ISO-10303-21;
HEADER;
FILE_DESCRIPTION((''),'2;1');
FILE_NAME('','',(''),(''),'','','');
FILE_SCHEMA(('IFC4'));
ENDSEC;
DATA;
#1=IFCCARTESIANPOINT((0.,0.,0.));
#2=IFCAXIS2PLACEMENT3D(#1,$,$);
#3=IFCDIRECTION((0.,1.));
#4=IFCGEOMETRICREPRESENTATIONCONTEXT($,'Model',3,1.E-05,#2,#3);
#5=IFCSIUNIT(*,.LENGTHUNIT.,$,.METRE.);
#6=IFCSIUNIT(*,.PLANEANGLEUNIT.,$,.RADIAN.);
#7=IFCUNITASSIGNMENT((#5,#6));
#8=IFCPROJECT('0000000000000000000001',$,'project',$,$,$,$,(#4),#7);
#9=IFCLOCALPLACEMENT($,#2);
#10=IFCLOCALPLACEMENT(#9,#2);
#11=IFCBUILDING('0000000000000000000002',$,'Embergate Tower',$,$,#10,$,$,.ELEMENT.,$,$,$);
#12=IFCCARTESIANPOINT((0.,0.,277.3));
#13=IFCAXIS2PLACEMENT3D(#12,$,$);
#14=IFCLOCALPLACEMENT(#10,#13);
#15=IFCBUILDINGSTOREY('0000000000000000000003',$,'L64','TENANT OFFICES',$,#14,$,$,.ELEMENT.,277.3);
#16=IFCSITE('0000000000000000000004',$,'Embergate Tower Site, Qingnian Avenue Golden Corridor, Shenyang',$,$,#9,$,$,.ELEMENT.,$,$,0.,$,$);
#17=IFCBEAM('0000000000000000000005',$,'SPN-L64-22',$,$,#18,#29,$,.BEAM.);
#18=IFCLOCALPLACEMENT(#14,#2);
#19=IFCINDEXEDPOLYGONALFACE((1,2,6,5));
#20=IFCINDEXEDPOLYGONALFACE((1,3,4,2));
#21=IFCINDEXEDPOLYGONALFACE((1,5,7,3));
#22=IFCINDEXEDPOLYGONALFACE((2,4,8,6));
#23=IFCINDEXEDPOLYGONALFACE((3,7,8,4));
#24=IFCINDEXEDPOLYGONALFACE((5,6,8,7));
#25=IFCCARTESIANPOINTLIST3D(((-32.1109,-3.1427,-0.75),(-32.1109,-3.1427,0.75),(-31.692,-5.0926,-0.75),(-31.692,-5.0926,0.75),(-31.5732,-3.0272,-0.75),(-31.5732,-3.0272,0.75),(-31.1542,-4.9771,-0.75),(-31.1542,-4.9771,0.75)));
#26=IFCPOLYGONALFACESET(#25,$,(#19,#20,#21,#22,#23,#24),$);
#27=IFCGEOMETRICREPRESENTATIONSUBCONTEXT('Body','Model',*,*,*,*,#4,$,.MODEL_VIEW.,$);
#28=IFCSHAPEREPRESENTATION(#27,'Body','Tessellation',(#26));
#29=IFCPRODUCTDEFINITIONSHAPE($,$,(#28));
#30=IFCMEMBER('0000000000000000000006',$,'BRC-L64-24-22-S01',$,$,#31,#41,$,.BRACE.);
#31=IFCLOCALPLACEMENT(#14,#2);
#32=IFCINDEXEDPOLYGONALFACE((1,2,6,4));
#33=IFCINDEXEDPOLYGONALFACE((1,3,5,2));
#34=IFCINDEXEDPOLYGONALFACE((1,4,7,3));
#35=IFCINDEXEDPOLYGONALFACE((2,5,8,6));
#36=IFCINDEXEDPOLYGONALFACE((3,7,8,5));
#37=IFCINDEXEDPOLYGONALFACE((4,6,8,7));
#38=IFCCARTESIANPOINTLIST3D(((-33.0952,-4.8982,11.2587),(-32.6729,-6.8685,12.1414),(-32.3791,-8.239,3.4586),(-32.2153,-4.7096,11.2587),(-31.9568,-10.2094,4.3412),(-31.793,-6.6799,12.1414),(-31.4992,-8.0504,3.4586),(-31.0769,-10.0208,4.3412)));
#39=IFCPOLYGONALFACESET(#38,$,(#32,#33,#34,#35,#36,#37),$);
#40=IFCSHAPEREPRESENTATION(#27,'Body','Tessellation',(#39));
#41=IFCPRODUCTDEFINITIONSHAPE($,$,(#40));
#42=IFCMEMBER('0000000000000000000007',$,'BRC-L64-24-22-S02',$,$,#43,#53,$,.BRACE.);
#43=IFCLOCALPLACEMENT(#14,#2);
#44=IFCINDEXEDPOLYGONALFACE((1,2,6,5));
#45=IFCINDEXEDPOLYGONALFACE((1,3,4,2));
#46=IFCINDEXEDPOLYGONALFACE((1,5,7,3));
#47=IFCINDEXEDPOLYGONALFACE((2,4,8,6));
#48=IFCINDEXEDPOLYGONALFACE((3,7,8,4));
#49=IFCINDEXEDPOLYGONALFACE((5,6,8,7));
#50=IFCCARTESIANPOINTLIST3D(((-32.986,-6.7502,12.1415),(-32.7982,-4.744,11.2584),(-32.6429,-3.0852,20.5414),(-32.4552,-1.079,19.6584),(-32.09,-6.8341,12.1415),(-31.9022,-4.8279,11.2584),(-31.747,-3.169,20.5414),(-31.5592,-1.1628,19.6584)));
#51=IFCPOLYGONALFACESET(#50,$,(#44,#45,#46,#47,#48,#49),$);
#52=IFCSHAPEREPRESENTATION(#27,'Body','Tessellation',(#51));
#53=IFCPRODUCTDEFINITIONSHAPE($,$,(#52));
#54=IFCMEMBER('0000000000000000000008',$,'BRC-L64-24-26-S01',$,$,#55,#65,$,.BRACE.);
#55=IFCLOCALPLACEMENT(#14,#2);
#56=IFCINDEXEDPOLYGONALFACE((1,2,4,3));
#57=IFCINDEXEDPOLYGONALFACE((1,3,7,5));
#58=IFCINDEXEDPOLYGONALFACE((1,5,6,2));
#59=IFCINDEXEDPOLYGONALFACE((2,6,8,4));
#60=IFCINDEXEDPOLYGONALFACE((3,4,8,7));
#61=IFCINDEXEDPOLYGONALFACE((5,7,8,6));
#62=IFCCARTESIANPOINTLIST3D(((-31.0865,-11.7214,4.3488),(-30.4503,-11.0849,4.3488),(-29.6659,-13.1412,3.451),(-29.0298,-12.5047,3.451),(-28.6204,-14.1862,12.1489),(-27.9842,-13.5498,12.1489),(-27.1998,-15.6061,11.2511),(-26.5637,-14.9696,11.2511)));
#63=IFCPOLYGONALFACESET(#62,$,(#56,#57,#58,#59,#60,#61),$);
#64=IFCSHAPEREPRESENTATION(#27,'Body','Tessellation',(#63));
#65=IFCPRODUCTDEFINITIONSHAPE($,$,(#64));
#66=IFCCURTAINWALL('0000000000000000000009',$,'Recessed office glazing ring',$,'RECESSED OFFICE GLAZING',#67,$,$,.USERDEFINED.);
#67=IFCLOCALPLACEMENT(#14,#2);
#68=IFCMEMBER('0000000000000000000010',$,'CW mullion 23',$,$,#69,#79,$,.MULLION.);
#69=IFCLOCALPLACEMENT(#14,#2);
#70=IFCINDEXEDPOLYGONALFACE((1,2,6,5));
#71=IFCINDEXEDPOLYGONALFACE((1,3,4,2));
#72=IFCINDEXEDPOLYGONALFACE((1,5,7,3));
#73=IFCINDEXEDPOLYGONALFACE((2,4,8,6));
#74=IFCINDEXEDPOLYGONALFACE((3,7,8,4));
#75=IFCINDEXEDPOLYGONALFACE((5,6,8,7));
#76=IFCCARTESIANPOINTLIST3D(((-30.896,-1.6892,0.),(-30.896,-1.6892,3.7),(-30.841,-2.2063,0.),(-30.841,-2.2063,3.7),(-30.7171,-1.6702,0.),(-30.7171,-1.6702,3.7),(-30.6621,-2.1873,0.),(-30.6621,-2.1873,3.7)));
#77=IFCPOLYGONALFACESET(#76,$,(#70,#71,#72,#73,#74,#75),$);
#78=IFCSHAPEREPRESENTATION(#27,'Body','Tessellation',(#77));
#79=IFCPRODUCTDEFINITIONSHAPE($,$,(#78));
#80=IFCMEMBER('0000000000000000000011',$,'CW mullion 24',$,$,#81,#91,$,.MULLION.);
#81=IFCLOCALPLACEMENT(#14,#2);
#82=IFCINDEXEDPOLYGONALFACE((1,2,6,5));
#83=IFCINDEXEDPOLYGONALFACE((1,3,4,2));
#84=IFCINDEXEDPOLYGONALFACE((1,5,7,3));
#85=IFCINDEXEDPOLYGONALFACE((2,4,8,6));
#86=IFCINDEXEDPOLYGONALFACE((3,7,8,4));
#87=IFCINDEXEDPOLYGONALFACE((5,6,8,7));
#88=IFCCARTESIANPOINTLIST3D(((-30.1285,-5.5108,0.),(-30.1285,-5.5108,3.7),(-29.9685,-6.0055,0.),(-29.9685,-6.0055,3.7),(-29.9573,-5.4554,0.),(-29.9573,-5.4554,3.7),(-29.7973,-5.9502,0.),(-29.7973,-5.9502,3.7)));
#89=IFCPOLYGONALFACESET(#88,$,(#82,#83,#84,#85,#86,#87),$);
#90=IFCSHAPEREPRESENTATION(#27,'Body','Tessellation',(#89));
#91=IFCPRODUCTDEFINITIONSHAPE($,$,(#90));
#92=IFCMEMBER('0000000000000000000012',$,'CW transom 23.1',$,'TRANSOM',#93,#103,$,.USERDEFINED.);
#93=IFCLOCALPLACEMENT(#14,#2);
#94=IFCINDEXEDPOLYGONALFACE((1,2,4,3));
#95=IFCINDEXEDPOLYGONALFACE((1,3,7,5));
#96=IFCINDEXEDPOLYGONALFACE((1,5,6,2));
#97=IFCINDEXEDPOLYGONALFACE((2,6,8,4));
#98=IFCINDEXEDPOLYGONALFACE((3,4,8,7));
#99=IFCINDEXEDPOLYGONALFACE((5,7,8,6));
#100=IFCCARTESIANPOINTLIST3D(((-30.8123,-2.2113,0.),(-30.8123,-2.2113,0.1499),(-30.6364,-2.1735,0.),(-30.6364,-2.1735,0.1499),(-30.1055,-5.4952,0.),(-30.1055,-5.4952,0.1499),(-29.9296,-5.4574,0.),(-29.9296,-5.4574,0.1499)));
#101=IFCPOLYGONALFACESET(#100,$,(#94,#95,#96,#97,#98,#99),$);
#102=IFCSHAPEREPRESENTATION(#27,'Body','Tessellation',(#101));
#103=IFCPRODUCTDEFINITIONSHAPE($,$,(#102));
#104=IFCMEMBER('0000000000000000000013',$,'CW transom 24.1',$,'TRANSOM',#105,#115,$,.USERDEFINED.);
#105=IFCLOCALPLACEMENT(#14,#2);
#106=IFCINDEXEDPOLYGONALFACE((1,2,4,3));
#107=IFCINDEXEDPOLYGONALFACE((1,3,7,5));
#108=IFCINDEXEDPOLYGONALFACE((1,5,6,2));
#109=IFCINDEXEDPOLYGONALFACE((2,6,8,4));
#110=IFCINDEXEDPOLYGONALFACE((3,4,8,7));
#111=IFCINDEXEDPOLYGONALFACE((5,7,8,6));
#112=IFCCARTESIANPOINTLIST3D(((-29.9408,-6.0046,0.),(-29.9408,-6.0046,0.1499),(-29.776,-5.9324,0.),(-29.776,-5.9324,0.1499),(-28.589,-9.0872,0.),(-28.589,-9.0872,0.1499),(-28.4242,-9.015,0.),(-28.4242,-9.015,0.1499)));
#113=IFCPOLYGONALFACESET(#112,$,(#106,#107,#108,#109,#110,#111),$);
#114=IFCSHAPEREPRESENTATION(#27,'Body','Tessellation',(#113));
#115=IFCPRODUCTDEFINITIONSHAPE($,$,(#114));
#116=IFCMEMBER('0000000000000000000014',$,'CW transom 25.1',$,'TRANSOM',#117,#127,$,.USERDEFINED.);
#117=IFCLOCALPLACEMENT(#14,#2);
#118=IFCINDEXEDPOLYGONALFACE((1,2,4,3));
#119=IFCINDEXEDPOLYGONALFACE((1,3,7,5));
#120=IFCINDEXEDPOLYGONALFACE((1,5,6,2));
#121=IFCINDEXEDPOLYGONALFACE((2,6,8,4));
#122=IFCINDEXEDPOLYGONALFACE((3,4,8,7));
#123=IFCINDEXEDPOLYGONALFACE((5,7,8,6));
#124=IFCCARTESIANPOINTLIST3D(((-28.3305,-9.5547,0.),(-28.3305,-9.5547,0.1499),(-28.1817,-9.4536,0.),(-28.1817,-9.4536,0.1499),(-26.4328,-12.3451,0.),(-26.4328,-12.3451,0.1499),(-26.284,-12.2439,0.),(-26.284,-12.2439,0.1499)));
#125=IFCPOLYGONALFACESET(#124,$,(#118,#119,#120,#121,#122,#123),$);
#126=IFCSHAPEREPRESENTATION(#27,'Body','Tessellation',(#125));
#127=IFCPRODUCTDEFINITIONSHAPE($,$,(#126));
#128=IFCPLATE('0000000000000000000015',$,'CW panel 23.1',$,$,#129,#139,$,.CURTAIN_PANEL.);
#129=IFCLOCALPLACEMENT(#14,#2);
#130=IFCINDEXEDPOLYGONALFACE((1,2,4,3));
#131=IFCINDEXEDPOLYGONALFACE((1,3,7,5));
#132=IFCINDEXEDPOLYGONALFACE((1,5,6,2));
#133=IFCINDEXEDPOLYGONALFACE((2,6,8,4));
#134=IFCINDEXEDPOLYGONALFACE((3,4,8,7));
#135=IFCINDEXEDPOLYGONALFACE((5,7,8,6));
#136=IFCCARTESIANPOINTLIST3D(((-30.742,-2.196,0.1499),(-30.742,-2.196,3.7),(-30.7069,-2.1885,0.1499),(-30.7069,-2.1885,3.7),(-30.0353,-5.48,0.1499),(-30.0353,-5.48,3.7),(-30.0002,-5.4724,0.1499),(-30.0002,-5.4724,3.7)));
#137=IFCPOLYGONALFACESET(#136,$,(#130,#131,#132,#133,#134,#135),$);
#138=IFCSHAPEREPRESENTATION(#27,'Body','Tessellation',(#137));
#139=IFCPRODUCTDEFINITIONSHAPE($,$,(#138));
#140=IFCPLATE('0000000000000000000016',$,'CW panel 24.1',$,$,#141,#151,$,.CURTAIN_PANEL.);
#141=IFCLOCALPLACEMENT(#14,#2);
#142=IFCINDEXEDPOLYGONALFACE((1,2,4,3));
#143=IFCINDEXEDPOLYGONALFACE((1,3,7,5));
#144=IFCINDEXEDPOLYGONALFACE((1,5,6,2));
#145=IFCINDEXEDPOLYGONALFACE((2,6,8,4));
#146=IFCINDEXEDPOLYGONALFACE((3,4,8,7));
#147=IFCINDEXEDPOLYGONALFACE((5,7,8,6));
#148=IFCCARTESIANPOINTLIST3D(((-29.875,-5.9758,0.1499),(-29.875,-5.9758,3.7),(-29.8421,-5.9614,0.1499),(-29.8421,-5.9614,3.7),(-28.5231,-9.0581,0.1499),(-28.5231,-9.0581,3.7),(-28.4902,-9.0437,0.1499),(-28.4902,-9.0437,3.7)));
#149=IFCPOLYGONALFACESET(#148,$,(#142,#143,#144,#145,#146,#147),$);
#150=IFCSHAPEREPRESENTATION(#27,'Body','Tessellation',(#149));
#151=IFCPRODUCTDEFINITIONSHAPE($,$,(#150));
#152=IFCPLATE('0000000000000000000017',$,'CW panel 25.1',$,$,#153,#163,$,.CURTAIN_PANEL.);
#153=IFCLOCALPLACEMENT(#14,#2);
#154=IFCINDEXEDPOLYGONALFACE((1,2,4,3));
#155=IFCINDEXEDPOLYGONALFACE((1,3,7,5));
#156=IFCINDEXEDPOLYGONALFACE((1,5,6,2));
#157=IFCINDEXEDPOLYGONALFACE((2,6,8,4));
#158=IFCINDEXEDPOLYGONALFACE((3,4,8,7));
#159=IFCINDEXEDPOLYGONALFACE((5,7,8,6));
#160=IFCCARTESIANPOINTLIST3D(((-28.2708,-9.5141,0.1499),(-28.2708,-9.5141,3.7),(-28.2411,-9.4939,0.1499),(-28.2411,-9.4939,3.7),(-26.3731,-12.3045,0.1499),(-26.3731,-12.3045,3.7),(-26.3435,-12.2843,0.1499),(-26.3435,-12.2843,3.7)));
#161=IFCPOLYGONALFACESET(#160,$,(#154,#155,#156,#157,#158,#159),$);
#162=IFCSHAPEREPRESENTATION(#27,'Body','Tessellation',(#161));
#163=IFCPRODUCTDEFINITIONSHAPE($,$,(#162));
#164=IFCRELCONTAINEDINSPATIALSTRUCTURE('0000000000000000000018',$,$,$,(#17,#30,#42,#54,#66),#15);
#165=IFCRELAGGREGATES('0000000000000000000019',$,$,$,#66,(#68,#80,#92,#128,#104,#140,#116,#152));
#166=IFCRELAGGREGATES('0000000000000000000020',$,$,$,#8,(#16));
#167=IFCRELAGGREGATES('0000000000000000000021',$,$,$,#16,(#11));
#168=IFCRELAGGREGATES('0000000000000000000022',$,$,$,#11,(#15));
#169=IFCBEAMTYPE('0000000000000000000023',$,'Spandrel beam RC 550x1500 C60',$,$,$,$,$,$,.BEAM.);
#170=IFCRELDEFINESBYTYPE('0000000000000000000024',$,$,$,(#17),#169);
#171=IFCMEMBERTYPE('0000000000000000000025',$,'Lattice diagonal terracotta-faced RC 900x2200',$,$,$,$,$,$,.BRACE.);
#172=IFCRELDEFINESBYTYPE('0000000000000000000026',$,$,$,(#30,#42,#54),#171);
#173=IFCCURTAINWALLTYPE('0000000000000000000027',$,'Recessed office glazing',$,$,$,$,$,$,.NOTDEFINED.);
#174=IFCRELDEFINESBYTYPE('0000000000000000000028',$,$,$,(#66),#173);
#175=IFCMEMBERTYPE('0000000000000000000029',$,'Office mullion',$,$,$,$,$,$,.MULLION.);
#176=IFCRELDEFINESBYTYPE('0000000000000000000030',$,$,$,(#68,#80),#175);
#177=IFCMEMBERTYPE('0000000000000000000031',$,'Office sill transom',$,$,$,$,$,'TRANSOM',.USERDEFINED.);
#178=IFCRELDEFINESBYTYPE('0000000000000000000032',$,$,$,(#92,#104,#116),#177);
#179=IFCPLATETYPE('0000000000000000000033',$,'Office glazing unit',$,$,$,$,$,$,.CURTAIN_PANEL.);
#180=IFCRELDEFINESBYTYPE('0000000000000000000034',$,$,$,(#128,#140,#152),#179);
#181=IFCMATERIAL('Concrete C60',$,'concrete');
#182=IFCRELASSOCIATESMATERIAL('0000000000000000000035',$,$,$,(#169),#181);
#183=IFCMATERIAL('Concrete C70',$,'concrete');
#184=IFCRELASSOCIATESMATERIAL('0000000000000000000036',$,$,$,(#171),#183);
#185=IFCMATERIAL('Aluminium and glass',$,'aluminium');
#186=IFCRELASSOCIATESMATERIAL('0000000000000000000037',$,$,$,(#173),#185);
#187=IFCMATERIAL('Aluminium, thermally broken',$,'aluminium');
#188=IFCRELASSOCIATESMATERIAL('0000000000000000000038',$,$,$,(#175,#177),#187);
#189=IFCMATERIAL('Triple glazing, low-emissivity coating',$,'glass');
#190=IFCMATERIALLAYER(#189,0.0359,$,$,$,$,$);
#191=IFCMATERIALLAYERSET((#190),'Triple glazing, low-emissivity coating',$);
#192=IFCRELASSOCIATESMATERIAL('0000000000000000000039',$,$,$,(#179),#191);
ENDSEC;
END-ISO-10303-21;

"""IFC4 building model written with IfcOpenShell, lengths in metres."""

from ifc_helpers import new_model, si_unit, direction, frame, origin, origin_2d, place, context, subcontext, project, spatial, rectangle, extrude, source, transform, mapped, material, layer, layer_set, material_profile, profile_set, type_object, element, aggregate, save


model = new_model("IFC4")

# Units and contexts
model_context = context("Model", 3, precision=1e-05, world=origin(), true_north=direction((0.0, 1.0)))
body_context = subcontext(model_context, "Body", "Model", "MODEL_VIEW")
ifc_project = project(units=[si_unit("LENGTHUNIT", "METRE"), si_unit("PLANEANGLEUNIT", "RADIAN")], contexts=[model_context])

# Site, building, storey
site_placement = place(None, origin())
site = spatial("IfcSite", under=ifc_project, at=site_placement, Name="Embergate Tower Site, Qingnian Avenue Golden Corridor, Shenyang", CompositionType="ELEMENT", RefElevation=0.0)
building_placement = place(site_placement, origin())
building = spatial("IfcBuilding", under=site, at=building_placement, Name="Embergate Tower", CompositionType="ELEMENT")
storey_placement = place(building_placement, frame((0.0, 0.0, 277.3)))
storey = spatial("IfcBuildingStorey", under=building, at=storey_placement, Name="L64", Description="TENANT OFFICES", CompositionType="ELEMENT", Elevation=277.3)

# Beam
ifc_material_1 = material(Name="Concrete C60", Category="concrete")
ifc_material_profile_1 = material_profile(ifc_material_1, rectangle(XDim=0.55, YDim=1.5, at=origin_2d()), Name="RC 550x1500")
ifc_profile_set_1 = profile_set([ifc_material_profile_1], Name="Concrete C60")
beam_type = type_object("IfcBeamType", Name="Spandrel beam RC 550x1500 C60", PredefinedType="BEAM", material=ifc_profile_set_1)
shared_shape_1 = source(origin(), body_context, "Body", "SweptSolid", [
    extrude(rectangle(XDim=0.55, YDim=1.5, at=origin_2d()), origin(), (0.0, 0.0, 1.0), 1.9944),
])
beam_placement = place(storey_placement, frame((-31.842, -3.085, 0.0), z_axis=(0.210056, -0.977689, 0.0), x_axis=(0.977689, 0.210056, 0.0)))
element("IfcBeam", 1, at=beam_placement, inside=storey, type_object=beam_type, Name="SPN-L64-22", PredefinedType="BEAM", context=body_context, shape_type="MappedRepresentation", body=[
    mapped(shared_shape_1, transform((0.0, 0.0, 0.0))),
])

# Members
ifc_material_2 = material(Name="Concrete C70", Category="concrete")
ifc_material_profile_2 = material_profile(ifc_material_2, rectangle(XDim=0.8999, YDim=2.2, at=origin_2d()), Name="RC 900x2200")
ifc_profile_set_2 = profile_set([ifc_material_profile_2], Name="Concrete C70")
member_type_1 = type_object("IfcMemberType", Name="Lattice diagonal terracotta-faced RC 900x2200", PredefinedType="BRACE", material=ifc_profile_set_2)
shared_shape_2 = source(origin(), body_context, "Body", "SweptSolid", [
    extrude(rectangle(XDim=0.8999, YDim=2.2, at=origin_2d()), origin(), (0.0, 0.0, 1.0), 8.5156),
])
member_1_placement = place(storey_placement, frame((-31.728, -9.1299, 3.8999), z_axis=(-0.084089, 0.39232, 0.915977), x_axis=(-0.977792, -0.209578, 0.0)))
element("IfcMember", 2, at=member_1_placement, inside=storey, type_object=member_type_1, Name="BRC-L64-24-22-S01", PredefinedType="BRACE", context=body_context, shape_type="MappedRepresentation", body=[
    mapped(shared_shape_2, transform((0.0, 0.0, 0.0))),
])
shared_shape_3 = source(origin(), body_context, "Body", "SweptSolid", [
    extrude(rectangle(XDim=0.8999, YDim=2.2, at=origin_2d()), origin(), (0.0, 0.0, 1.0), 9.1711),
])
member_2_placement = place(storey_placement, frame((-32.4441, -5.7891, 11.7), z_axis=(0.037402, 0.39963, 0.915913), x_axis=(-0.995649, 0.093185, 0.0)))
element("IfcMember", 3, at=member_2_placement, inside=storey, type_object=member_type_1, Name="BRC-L64-24-22-S02", PredefinedType="BRACE", context=body_context, shape_type="MappedRepresentation", body=[
    mapped(shared_shape_3, transform((0.0, 0.0, 0.0))),
])
shared_shape_4 = source(origin(), body_context, "Body", "SweptSolid", [
    extrude(rectangle(XDim=0.8999, YDim=2.2, at=origin_2d()), origin(), (0.0, 0.0, 1.0), 8.5439),
])
member_3_placement = place(storey_placement, frame((-30.0581, -12.113, 3.8999), z_axis=(0.288636, -0.288493, 0.912941), x_axis=(0.706932, 0.707282, 0.0)))
element("IfcMember", 4, at=member_3_placement, inside=storey, type_object=member_type_1, Name="BRC-L64-24-26-S01", PredefinedType="BRACE", context=body_context, shape_type="MappedRepresentation", body=[
    mapped(shared_shape_4, transform((0.0, 0.0, 0.0))),
])

# Curtain wall, members, plates
ifc_material_3 = material(Name="Aluminium and glass", Category="aluminium")
curtain_wall_type = type_object("IfcCurtainWallType", Name="Recessed office glazing", PredefinedType="NOTDEFINED", material=ifc_material_3)
curtain_wall_placement = place(storey_placement, origin())
curtain_wall = element("IfcCurtainWall", 5, at=curtain_wall_placement, inside=storey, type_object=curtain_wall_type, Name="Recessed office glazing ring", ObjectType="RECESSED OFFICE GLAZING", PredefinedType="USERDEFINED")
ifc_material_4 = material(Name="Aluminium, thermally broken", Category="aluminium")
ifc_material_profile_3 = material_profile(ifc_material_4, rectangle(XDim=0.1799, YDim=0.52, at=origin_2d()), Name="AL 520x180")
ifc_profile_set_3 = profile_set([ifc_material_profile_3], Name="Aluminium, thermally broken")
member_type_2 = type_object("IfcMemberType", Name="Office mullion", PredefinedType="MULLION", material=ifc_profile_set_3)
shared_shape_5 = source(origin(), body_context, "Body", "SweptSolid", [
    extrude(rectangle(XDim=0.1799, YDim=0.52, at=origin_2d()), origin(), (0.0, 0.0, 1.0), 3.7),
])
member_4_placement = place(storey_placement, frame((-30.7791, -1.9382, 0.0), z_axis=(0.0, 0.0, 1.0), x_axis=(0.994384, 0.10583, 0.0)))
member_4 = element("IfcMember", 6, at=member_4_placement, type_object=member_type_2, Name="CW mullion 23", PredefinedType="MULLION", context=body_context, shape_type="MappedRepresentation", body=[
    mapped(shared_shape_5, transform((0.0, 0.0, 0.0))),
])
member_5_placement = place(storey_placement, frame((-29.9629, -5.7305, 0.0), z_axis=(0.0, 0.0, 1.0), x_axis=(0.951493, 0.307671, 0.0)))
member_5 = element("IfcMember", 7, at=member_5_placement, type_object=member_type_2, Name="CW mullion 24", PredefinedType="MULLION", context=body_context, shape_type="MappedRepresentation", body=[
    mapped(shared_shape_5, transform((0.0, 0.0, 0.0))),
])
ifc_material_profile_4 = material_profile(ifc_material_4, rectangle(XDim=0.1799, YDim=0.1499, at=origin_2d()), Name="AL 150x180")
ifc_profile_set_4 = profile_set([ifc_material_profile_4], Name="Aluminium, thermally broken")
member_type_3 = type_object("IfcMemberType", Name="Office sill transom", ElementType="TRANSOM", PredefinedType="USERDEFINED", material=ifc_profile_set_4)
shared_shape_6 = source(origin(), body_context, "Body", "SweptSolid", [
    extrude(rectangle(XDim=0.1799, YDim=0.1499, at=origin_2d()), origin(), (0.0, 0.0, 1.0), 3.3591),
])
member_6_placement = place(storey_placement, frame((-30.7244, -2.1924, 0.075), z_axis=(0.210408, -0.977614, 0.0), x_axis=(0.977614, 0.210408, 0.0)))
member_6 = element("IfcMember", 8, at=member_6_placement, type_object=member_type_3, Name="CW transom 23.1", ObjectType="TRANSOM", PredefinedType="USERDEFINED", context=body_context, shape_type="MappedRepresentation", body=[
    mapped(shared_shape_6, transform((0.0, 0.0, 0.0))),
])
shared_shape_7 = source(origin(), body_context, "Body", "SweptSolid", [
    extrude(rectangle(XDim=0.1799, YDim=0.1499, at=origin_2d()), origin(), (0.0, 0.0, 1.0), 3.366),
])
member_7_placement = place(storey_placement, frame((-29.8584, -5.9685, 0.075), z_axis=(0.401618, -0.915807, 0.0), x_axis=(0.915807, 0.401618, 0.0)))
member_7 = element("IfcMember", 9, at=member_7_placement, type_object=member_type_3, Name="CW transom 24.1", ObjectType="TRANSOM", PredefinedType="USERDEFINED", context=body_context, shape_type="MappedRepresentation", body=[
    mapped(shared_shape_7, transform((0.0, 0.0, 0.0))),
])
shared_shape_8 = source(origin(), body_context, "Body", "SweptSolid", [
    extrude(rectangle(XDim=0.1799, YDim=0.1499, at=origin_2d()), origin(), (0.0, 0.0, 1.0), 3.3745),
])
member_8_placement = place(storey_placement, frame((-28.2561, -9.5042, 0.075), z_axis=(0.562373, -0.826883, 0.0), x_axis=(0.826883, 0.562373, 0.0)))
member_8 = element("IfcMember", 10, at=member_8_placement, type_object=member_type_3, Name="CW transom 25.1", ObjectType="TRANSOM", PredefinedType="USERDEFINED", context=body_context, shape_type="MappedRepresentation", body=[
    mapped(shared_shape_8, transform((0.0, 0.0, 0.0))),
])
ifc_material_5 = material(Name="Triple glazing, low-emissivity coating", Category="glass")
ifc_layer_1 = layer(ifc_material_5, 0.0359)
ifc_layer_set_1 = layer_set([ifc_layer_1], Name="Triple glazing, low-emissivity coating")
plate_type = type_object("IfcPlateType", Name="Office glazing unit", PredefinedType="CURTAIN_PANEL", material=ifc_layer_set_1)
shared_shape_9 = source(origin(), body_context, "Body", "SweptSolid", [
    extrude(rectangle(XDim=3.3591, YDim=0.0359, at=origin_2d()), origin(), (0.0, 0.0, 1.0), 3.55),
])
plate_1_placement = place(storey_placement, frame((-30.3711, -3.8342, 0.1499), z_axis=(0.0, 0.0, 1.0), x_axis=(0.210402, -0.977615, 0.0)))
plate_1 = element("IfcPlate", 11, at=plate_1_placement, type_object=plate_type, Name="CW panel 23.1", PredefinedType="CURTAIN_PANEL", context=body_context, shape_type="MappedRepresentation", body=[
    mapped(shared_shape_9, transform((0.0, 0.0, 0.0))),
])
shared_shape_10 = source(origin(), body_context, "Body", "SweptSolid", [
    extrude(rectangle(XDim=3.3657, YDim=0.0359, at=origin_2d()), origin(), (0.0, 0.0, 1.0), 3.55),
])
plate_2_placement = place(storey_placement, frame((-29.1826, -7.5098, 0.1499), z_axis=(0.0, 0.0, 1.0), x_axis=(0.401658, -0.91579, 0.0)))
plate_2 = element("IfcPlate", 12, at=plate_2_placement, type_object=plate_type, Name="CW panel 24.1", PredefinedType="CURTAIN_PANEL", context=body_context, shape_type="MappedRepresentation", body=[
    mapped(shared_shape_10, transform((0.0, 0.0, 0.0))),
])
shared_shape_11 = source(origin(), body_context, "Body", "SweptSolid", [
    extrude(rectangle(XDim=3.3745, YDim=0.0359, at=origin_2d()), origin(), (0.0, 0.0, 1.0), 3.55),
])
plate_3_placement = place(storey_placement, frame((-27.3071, -10.8992, 0.1499), z_axis=(0.0, 0.0, 1.0), x_axis=(0.562348, -0.826901, 0.0)))
plate_3 = element("IfcPlate", 13, at=plate_3_placement, type_object=plate_type, Name="CW panel 25.1", PredefinedType="CURTAIN_PANEL", context=body_context, shape_type="MappedRepresentation", body=[
    mapped(shared_shape_11, transform((0.0, 0.0, 0.0))),
])
aggregate(curtain_wall, [member_4, member_5, member_6, plate_1, member_7, plate_2, member_8, plate_3])

save(model, "model.ifc")
